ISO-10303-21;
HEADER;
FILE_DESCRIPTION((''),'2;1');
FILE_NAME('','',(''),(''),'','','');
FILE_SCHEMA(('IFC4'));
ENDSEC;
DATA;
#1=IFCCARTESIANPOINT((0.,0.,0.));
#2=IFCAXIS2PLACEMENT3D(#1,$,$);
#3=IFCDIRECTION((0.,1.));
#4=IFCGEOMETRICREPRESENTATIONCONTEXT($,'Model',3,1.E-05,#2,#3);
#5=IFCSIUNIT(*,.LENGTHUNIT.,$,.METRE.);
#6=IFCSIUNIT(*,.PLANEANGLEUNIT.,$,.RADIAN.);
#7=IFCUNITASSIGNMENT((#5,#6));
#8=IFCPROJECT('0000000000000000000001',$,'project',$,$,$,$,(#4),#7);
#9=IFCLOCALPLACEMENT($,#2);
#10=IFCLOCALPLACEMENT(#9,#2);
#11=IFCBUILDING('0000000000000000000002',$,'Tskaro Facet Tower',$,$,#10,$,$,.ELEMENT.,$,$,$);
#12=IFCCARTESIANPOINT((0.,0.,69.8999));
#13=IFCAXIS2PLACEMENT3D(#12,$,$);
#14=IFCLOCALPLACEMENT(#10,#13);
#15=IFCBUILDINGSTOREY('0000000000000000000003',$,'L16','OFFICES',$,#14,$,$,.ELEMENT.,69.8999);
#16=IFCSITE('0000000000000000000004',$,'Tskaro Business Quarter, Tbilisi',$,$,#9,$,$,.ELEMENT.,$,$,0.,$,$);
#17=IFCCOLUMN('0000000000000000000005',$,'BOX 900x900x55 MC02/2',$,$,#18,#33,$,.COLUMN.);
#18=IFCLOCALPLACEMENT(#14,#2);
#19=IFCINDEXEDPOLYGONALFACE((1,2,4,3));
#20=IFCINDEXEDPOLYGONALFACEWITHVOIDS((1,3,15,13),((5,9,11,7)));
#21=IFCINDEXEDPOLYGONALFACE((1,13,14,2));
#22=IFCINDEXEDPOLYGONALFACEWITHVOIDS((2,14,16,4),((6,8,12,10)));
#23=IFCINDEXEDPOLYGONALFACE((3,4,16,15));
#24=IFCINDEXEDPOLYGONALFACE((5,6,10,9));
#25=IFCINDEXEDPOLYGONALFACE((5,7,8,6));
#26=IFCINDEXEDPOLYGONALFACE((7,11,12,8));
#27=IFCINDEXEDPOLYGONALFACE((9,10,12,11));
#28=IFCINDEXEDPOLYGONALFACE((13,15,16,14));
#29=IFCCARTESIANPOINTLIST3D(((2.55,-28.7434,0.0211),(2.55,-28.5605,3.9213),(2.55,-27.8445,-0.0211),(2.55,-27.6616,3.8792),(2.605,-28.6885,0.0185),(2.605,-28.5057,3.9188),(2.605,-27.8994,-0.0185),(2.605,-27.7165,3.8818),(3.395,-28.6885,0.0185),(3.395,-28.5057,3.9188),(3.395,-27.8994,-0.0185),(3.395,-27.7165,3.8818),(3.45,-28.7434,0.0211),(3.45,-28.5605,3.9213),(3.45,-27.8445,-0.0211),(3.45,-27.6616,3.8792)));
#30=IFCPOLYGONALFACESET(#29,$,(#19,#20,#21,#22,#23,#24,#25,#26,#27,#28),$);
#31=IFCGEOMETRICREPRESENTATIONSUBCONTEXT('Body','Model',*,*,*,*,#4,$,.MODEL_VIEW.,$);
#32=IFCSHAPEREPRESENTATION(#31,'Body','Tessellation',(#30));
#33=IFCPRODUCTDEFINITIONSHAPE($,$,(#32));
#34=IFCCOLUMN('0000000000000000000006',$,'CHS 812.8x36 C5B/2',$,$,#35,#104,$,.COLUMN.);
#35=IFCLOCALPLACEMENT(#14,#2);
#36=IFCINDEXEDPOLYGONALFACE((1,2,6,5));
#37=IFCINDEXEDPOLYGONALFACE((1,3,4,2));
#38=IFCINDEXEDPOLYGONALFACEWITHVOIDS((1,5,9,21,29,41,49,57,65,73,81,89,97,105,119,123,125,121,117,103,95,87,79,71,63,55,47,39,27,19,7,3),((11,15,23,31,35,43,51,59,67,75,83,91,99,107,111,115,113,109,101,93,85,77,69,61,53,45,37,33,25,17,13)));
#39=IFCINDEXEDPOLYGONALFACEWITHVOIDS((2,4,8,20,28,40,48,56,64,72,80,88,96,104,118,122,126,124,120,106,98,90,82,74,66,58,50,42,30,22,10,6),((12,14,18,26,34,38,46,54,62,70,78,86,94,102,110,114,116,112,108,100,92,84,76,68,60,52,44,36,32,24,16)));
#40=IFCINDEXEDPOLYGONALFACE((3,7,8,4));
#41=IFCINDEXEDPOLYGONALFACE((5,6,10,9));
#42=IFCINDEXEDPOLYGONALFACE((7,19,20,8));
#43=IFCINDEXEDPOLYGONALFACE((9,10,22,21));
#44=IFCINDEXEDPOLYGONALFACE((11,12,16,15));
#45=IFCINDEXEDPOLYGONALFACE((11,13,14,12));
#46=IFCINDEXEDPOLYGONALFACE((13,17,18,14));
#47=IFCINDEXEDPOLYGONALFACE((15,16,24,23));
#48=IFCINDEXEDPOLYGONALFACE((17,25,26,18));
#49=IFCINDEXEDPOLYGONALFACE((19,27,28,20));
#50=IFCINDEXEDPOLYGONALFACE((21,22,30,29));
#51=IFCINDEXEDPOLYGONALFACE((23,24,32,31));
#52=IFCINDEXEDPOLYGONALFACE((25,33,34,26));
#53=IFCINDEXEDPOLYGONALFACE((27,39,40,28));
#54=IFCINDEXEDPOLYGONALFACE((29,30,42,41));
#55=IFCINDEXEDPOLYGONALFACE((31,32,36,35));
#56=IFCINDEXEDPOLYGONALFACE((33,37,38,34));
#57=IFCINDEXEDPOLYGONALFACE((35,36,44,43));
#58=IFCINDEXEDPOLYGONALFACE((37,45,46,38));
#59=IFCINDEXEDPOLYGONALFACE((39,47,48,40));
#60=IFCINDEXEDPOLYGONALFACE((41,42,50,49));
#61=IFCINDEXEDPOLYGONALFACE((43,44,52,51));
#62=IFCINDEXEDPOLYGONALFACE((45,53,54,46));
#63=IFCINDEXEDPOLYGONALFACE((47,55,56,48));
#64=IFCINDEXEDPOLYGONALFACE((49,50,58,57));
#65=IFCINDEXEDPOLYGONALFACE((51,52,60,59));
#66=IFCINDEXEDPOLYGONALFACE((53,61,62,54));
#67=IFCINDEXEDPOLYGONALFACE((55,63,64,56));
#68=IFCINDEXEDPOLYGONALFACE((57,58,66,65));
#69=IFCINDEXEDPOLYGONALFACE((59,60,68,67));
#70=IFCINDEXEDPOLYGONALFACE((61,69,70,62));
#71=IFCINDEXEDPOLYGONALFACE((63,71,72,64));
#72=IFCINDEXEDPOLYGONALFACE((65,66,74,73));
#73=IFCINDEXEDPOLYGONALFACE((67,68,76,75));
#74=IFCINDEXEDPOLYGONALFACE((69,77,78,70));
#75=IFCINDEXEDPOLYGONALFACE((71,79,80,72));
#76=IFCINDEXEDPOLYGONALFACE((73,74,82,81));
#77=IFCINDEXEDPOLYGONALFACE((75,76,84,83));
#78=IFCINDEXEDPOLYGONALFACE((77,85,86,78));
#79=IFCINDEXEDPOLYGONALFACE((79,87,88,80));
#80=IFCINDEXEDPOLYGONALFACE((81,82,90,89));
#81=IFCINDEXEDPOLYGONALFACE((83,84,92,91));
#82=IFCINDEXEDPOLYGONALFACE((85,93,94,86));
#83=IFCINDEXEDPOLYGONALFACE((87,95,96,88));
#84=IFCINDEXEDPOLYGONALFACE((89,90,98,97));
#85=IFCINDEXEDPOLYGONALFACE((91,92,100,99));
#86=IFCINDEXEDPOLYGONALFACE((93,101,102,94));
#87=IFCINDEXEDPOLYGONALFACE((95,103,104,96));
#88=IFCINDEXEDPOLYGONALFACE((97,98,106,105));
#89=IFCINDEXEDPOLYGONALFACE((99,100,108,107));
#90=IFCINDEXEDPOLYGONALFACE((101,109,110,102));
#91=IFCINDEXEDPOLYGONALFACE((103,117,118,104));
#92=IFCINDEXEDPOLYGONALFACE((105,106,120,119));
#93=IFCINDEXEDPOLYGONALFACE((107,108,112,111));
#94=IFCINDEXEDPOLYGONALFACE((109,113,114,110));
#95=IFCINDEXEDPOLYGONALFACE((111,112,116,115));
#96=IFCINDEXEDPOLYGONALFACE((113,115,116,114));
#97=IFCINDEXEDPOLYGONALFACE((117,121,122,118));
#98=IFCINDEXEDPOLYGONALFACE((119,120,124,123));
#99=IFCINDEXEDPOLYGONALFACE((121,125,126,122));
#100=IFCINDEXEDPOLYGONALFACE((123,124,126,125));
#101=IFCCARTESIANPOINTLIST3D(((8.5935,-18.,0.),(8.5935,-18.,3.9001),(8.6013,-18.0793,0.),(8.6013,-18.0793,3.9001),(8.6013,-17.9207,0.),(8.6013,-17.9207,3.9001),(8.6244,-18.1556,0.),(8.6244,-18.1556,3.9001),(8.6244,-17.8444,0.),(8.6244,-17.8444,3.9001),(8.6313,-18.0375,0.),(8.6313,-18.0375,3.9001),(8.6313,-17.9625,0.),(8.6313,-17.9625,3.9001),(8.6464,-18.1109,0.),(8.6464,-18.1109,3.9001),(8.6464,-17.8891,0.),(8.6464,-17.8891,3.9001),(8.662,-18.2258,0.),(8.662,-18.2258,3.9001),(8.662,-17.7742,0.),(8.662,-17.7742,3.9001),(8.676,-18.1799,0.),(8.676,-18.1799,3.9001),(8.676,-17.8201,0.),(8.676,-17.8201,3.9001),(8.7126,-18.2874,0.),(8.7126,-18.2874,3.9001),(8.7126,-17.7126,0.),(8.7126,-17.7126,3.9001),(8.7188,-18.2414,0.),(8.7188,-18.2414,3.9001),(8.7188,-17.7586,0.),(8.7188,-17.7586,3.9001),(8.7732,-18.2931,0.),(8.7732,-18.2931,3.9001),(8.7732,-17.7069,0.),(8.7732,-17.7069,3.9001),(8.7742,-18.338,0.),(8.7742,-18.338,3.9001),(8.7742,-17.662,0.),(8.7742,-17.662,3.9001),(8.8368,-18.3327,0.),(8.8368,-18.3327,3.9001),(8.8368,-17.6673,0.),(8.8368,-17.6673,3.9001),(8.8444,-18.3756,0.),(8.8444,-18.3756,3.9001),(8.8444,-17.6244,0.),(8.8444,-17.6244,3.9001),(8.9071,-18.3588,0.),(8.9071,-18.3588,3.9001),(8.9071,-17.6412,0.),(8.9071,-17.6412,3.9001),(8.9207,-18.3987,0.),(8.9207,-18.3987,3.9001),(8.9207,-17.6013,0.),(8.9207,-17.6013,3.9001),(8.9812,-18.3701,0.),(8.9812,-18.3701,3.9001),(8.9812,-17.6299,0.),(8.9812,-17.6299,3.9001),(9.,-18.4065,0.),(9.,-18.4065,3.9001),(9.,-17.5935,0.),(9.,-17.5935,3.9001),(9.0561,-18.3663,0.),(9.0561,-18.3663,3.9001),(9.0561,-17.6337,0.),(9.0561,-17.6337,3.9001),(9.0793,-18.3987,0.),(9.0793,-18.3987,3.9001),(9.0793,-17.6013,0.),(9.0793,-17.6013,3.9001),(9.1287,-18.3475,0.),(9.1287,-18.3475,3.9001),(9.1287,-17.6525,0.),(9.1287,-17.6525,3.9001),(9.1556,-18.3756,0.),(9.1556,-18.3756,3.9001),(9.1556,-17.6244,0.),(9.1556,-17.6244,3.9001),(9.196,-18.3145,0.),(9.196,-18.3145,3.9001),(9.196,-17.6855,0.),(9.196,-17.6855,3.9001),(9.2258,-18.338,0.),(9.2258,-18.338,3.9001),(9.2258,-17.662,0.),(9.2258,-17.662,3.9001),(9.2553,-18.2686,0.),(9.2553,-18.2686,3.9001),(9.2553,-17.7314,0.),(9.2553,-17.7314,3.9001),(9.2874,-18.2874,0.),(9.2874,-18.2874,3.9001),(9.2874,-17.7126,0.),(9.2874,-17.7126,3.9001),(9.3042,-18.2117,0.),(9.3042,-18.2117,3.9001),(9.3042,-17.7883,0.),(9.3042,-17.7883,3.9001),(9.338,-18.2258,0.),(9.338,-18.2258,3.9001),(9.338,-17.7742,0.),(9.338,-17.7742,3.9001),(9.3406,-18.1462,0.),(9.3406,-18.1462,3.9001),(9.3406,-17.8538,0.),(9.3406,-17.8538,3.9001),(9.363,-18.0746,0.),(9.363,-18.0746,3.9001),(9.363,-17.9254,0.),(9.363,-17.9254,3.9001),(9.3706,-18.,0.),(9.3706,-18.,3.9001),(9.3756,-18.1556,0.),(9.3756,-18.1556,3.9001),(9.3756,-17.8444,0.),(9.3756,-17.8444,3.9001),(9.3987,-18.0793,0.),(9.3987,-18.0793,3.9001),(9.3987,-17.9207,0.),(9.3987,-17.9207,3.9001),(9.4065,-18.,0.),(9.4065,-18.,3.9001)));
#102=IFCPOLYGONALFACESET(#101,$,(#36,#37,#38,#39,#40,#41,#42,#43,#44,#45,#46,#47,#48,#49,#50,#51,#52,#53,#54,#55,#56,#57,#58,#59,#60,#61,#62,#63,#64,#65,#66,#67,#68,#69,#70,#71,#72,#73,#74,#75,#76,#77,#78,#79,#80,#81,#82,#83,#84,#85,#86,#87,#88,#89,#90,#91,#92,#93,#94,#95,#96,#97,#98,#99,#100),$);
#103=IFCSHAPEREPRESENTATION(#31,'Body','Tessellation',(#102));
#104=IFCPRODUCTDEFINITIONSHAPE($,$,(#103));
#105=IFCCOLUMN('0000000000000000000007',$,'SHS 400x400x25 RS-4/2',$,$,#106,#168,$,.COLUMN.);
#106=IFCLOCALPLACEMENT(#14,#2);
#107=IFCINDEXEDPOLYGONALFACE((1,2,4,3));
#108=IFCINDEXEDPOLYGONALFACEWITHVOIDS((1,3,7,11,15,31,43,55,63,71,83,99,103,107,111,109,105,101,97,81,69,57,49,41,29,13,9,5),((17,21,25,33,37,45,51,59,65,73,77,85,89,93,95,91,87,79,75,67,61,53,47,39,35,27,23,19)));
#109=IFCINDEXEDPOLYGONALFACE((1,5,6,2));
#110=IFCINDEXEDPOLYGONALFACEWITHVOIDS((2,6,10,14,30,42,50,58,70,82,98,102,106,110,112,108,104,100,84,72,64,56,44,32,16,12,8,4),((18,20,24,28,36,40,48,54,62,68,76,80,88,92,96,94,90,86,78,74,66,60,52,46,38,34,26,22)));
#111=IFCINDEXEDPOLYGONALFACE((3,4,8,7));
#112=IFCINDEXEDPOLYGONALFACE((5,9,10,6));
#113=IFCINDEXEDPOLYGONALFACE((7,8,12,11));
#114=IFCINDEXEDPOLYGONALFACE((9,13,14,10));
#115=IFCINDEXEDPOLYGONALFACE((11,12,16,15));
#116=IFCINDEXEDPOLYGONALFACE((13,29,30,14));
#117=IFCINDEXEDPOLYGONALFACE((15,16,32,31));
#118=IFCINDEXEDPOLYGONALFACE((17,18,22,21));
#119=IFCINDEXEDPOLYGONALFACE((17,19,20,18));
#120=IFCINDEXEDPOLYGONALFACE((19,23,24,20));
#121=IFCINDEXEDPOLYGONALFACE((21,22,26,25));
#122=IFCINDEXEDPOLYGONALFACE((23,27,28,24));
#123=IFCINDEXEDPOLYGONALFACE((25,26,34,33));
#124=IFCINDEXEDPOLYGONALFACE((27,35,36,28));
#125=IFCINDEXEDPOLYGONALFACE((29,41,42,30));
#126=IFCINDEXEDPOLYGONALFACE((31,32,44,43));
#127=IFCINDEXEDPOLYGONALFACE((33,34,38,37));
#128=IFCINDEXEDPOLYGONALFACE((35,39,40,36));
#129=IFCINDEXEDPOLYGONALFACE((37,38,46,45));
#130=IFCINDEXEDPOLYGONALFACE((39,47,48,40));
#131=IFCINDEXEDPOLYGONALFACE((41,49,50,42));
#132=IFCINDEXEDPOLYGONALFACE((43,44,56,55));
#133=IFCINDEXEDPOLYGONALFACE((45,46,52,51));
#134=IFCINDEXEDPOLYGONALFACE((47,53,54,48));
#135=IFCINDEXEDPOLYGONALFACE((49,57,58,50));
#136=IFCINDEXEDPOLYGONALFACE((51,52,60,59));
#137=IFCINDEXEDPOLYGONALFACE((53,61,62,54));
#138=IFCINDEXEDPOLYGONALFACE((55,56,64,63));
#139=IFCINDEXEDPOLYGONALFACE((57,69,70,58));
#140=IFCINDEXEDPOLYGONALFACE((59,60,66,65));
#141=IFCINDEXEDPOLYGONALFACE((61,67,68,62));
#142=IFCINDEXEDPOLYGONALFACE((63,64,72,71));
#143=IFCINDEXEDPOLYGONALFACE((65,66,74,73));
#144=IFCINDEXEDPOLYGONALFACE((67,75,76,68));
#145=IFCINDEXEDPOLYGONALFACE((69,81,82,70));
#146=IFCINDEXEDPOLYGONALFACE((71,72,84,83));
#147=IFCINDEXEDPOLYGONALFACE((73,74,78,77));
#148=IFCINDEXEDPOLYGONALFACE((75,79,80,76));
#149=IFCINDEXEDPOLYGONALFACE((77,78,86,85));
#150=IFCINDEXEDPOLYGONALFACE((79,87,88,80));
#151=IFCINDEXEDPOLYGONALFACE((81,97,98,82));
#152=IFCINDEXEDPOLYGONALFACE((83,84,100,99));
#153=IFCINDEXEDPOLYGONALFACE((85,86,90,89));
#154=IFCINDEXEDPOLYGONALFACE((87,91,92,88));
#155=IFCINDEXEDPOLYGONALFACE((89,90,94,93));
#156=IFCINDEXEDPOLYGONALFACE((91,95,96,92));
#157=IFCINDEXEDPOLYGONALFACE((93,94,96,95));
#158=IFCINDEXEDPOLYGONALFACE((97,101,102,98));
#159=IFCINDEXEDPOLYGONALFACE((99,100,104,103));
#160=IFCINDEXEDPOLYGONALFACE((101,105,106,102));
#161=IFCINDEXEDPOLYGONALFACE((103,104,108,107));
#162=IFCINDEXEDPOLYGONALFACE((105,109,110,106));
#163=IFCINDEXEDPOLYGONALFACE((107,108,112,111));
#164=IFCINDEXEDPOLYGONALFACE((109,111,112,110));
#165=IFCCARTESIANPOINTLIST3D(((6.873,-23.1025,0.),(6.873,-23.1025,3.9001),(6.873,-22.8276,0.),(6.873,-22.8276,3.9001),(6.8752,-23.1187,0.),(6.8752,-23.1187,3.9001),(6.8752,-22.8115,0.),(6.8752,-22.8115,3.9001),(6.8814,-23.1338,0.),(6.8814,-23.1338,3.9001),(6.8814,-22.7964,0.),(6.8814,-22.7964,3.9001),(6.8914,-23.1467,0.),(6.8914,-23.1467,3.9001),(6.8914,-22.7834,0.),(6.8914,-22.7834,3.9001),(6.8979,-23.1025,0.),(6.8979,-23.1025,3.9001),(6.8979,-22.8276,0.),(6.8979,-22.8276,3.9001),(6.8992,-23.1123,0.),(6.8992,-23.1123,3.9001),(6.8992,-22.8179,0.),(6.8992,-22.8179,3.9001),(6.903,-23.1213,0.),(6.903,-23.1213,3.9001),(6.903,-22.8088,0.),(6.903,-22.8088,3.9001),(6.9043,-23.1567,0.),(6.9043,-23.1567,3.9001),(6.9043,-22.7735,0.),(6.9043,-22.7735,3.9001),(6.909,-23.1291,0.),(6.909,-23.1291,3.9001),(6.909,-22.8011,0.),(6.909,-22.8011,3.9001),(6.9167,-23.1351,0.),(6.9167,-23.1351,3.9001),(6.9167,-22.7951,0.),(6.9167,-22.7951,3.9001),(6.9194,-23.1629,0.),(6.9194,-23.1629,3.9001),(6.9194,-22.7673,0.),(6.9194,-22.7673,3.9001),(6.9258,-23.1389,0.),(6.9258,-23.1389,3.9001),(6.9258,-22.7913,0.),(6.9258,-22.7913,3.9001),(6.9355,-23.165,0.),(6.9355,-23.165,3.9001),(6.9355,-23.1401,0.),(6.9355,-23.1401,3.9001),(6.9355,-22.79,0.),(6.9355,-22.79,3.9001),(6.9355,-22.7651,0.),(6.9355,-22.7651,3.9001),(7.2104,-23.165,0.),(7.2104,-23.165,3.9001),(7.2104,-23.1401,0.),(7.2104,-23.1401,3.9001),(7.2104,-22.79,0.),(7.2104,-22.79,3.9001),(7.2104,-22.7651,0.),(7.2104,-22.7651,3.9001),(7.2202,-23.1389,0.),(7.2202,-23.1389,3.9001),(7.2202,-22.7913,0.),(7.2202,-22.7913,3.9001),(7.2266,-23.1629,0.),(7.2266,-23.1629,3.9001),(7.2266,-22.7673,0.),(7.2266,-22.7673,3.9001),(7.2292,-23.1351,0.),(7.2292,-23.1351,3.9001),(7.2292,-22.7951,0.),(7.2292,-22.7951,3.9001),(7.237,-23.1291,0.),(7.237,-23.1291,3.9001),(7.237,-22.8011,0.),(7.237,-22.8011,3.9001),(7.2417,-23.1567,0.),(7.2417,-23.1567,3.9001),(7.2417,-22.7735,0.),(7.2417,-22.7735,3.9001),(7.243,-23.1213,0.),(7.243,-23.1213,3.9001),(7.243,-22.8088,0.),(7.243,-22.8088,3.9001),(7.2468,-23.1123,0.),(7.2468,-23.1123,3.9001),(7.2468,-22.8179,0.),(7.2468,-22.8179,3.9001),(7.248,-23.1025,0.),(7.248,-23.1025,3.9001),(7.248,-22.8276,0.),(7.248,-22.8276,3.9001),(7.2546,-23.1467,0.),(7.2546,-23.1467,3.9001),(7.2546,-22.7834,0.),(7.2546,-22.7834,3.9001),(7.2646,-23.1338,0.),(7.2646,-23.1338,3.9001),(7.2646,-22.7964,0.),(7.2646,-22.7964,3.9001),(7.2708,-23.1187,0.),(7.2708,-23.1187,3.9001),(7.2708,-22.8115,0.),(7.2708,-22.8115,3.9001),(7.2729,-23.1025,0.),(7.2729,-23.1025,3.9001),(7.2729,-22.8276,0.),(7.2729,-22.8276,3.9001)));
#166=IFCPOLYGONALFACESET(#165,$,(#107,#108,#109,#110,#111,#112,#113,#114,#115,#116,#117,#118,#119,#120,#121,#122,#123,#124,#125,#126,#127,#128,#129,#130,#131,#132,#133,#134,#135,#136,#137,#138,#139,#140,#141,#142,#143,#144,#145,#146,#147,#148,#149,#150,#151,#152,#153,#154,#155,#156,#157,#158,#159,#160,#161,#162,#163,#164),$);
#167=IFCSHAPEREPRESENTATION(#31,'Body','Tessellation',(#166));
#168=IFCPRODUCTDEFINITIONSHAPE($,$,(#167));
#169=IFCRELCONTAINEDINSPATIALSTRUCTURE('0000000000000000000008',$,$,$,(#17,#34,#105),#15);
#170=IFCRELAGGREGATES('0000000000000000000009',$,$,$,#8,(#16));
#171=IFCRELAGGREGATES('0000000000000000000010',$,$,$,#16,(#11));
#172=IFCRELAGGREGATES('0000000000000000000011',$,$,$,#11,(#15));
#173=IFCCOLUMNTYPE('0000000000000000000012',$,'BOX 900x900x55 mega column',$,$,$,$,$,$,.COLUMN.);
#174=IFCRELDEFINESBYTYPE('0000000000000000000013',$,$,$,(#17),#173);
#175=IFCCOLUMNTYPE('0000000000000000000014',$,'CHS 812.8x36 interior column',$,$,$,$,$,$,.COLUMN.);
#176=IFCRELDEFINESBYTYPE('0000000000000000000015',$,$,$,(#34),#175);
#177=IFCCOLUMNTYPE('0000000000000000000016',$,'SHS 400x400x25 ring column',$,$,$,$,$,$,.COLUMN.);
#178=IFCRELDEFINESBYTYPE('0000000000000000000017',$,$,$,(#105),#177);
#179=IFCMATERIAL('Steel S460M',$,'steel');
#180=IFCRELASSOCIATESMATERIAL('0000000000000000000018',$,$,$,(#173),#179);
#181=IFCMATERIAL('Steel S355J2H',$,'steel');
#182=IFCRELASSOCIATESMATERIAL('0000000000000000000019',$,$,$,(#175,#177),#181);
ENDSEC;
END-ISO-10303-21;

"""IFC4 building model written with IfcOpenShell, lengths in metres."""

from ifc_helpers import new_model, si_unit, direction, frame, origin, origin_2d, place, context, subcontext, project, spatial, hollow_rectangle, hollow_circle, extrude, material, material_profile, profile_set, type_object, element, save


model = new_model("IFC4")

# Units and contexts
model_context = context("Model", 3, precision=1e-05, world=origin(), true_north=direction((0.0, 1.0)))
body_context = subcontext(model_context, "Body", "Model", "MODEL_VIEW")
ifc_project = project(units=[si_unit("LENGTHUNIT", "METRE"), si_unit("PLANEANGLEUNIT", "RADIAN")], contexts=[model_context])

# Site, building, storey
site_placement = place(None, origin())
site = spatial("IfcSite", under=ifc_project, at=site_placement, Name="Tskaro Business Quarter, Tbilisi", CompositionType="ELEMENT", RefElevation=0.0)
building_placement = place(site_placement, origin())
building = spatial("IfcBuilding", under=site, at=building_placement, Name="Tskaro Facet Tower", CompositionType="ELEMENT")
storey_placement = place(building_placement, frame((0.0, 0.0, 69.8999)))
storey = spatial("IfcBuildingStorey", under=building, at=storey_placement, Name="L16", Description="OFFICES", CompositionType="ELEMENT", Elevation=69.8999)

# Columns
ifc_material_1 = material(Name="Steel S460M", Category="steel")
ifc_material_profile_1 = material_profile(ifc_material_1, hollow_rectangle(XDim=0.8999, YDim=0.8999, WallThickness=0.0549, at=origin_2d()), Name="BOX 900x900x55")
ifc_profile_set_1 = profile_set([ifc_material_profile_1], Name="Steel S460M")
column_type_1 = type_object("IfcColumnType", Name="BOX 900x900x55 mega column", PredefinedType="COLUMN", material=ifc_profile_set_1)
column_1_placement = place(storey_placement, frame((3.0, -28.2939, 0.0), z_axis=(0.0, 0.046834, 0.998903), x_axis=(-1.0, 0.0, 0.0)))
element("IfcColumn", 1, at=column_1_placement, inside=storey, type_object=column_type_1, Name="BOX 900x900x55 MC02/2", PredefinedType="COLUMN", context=body_context, shape_type="SweptSolid", body=[
    extrude(hollow_rectangle(XDim=0.8999, YDim=0.8999, WallThickness=0.0549, at=origin_2d()), origin(), (0.0, 0.0, 1.0), 3.9045),
])
ifc_material_2 = material(Name="Steel S355J2H", Category="steel")
ifc_material_profile_2 = material_profile(ifc_material_2, hollow_circle(Radius=0.4065, WallThickness=0.0359, at=origin_2d()), Name="CHS 812.8x36")
ifc_profile_set_2 = profile_set([ifc_material_profile_2], Name="Steel S355J2H")
column_type_2 = type_object("IfcColumnType", Name="CHS 812.8x36 interior column", PredefinedType="COLUMN", material=ifc_profile_set_2)
column_2_placement = place(storey_placement, frame((9.0, -18.0, 0.0), z_axis=(0.0, 0.0, 1.0), x_axis=(1.0, 0.0, 0.0)))
element("IfcColumn", 2, at=column_2_placement, inside=storey, type_object=column_type_2, Name="CHS 812.8x36 C5B/2", PredefinedType="COLUMN", context=body_context, shape_type="SweptSolid", body=[
    extrude(hollow_circle(Radius=0.4065, WallThickness=0.0359, at=origin_2d()), origin(), (0.0, 0.0, 1.0), 3.9001),
])
ifc_material_profile_3 = material_profile(ifc_material_2, hollow_rectangle(XDim=0.3999, YDim=0.3999, WallThickness=0.0249, InnerFilletRadius=0.0376, OuterFilletRadius=0.0625, at=origin_2d()), Name="SHS 400x400x25")
ifc_profile_set_3 = profile_set([ifc_material_profile_3], Name="Steel S355J2H")
column_type_3 = type_object("IfcColumnType", Name="SHS 400x400x25 ring column", PredefinedType="COLUMN", material=ifc_profile_set_3)
for number, where, z_axis, x_axis, name in (
    (3, (7.073, -22.9651, 0.0), (0.0, 0.0, 1.0), (1.0, 0.0, 0.0), "SHS 400x400x25 RS-4/2"),
):
    element("IfcColumn", number, at=place(storey_placement, frame(where, z_axis=z_axis, x_axis=x_axis)), inside=storey, type_object=column_type_3, Name=name, PredefinedType="COLUMN", context=body_context, shape_type="SweptSolid", body=[
        extrude(hollow_rectangle(XDim=0.3999, YDim=0.3999, WallThickness=0.0249, InnerFilletRadius=0.0376, OuterFilletRadius=0.0625, at=origin_2d()), origin(), (0.0, 0.0, 1.0), 3.9001),
    ])

save(model, "model.ifc")
